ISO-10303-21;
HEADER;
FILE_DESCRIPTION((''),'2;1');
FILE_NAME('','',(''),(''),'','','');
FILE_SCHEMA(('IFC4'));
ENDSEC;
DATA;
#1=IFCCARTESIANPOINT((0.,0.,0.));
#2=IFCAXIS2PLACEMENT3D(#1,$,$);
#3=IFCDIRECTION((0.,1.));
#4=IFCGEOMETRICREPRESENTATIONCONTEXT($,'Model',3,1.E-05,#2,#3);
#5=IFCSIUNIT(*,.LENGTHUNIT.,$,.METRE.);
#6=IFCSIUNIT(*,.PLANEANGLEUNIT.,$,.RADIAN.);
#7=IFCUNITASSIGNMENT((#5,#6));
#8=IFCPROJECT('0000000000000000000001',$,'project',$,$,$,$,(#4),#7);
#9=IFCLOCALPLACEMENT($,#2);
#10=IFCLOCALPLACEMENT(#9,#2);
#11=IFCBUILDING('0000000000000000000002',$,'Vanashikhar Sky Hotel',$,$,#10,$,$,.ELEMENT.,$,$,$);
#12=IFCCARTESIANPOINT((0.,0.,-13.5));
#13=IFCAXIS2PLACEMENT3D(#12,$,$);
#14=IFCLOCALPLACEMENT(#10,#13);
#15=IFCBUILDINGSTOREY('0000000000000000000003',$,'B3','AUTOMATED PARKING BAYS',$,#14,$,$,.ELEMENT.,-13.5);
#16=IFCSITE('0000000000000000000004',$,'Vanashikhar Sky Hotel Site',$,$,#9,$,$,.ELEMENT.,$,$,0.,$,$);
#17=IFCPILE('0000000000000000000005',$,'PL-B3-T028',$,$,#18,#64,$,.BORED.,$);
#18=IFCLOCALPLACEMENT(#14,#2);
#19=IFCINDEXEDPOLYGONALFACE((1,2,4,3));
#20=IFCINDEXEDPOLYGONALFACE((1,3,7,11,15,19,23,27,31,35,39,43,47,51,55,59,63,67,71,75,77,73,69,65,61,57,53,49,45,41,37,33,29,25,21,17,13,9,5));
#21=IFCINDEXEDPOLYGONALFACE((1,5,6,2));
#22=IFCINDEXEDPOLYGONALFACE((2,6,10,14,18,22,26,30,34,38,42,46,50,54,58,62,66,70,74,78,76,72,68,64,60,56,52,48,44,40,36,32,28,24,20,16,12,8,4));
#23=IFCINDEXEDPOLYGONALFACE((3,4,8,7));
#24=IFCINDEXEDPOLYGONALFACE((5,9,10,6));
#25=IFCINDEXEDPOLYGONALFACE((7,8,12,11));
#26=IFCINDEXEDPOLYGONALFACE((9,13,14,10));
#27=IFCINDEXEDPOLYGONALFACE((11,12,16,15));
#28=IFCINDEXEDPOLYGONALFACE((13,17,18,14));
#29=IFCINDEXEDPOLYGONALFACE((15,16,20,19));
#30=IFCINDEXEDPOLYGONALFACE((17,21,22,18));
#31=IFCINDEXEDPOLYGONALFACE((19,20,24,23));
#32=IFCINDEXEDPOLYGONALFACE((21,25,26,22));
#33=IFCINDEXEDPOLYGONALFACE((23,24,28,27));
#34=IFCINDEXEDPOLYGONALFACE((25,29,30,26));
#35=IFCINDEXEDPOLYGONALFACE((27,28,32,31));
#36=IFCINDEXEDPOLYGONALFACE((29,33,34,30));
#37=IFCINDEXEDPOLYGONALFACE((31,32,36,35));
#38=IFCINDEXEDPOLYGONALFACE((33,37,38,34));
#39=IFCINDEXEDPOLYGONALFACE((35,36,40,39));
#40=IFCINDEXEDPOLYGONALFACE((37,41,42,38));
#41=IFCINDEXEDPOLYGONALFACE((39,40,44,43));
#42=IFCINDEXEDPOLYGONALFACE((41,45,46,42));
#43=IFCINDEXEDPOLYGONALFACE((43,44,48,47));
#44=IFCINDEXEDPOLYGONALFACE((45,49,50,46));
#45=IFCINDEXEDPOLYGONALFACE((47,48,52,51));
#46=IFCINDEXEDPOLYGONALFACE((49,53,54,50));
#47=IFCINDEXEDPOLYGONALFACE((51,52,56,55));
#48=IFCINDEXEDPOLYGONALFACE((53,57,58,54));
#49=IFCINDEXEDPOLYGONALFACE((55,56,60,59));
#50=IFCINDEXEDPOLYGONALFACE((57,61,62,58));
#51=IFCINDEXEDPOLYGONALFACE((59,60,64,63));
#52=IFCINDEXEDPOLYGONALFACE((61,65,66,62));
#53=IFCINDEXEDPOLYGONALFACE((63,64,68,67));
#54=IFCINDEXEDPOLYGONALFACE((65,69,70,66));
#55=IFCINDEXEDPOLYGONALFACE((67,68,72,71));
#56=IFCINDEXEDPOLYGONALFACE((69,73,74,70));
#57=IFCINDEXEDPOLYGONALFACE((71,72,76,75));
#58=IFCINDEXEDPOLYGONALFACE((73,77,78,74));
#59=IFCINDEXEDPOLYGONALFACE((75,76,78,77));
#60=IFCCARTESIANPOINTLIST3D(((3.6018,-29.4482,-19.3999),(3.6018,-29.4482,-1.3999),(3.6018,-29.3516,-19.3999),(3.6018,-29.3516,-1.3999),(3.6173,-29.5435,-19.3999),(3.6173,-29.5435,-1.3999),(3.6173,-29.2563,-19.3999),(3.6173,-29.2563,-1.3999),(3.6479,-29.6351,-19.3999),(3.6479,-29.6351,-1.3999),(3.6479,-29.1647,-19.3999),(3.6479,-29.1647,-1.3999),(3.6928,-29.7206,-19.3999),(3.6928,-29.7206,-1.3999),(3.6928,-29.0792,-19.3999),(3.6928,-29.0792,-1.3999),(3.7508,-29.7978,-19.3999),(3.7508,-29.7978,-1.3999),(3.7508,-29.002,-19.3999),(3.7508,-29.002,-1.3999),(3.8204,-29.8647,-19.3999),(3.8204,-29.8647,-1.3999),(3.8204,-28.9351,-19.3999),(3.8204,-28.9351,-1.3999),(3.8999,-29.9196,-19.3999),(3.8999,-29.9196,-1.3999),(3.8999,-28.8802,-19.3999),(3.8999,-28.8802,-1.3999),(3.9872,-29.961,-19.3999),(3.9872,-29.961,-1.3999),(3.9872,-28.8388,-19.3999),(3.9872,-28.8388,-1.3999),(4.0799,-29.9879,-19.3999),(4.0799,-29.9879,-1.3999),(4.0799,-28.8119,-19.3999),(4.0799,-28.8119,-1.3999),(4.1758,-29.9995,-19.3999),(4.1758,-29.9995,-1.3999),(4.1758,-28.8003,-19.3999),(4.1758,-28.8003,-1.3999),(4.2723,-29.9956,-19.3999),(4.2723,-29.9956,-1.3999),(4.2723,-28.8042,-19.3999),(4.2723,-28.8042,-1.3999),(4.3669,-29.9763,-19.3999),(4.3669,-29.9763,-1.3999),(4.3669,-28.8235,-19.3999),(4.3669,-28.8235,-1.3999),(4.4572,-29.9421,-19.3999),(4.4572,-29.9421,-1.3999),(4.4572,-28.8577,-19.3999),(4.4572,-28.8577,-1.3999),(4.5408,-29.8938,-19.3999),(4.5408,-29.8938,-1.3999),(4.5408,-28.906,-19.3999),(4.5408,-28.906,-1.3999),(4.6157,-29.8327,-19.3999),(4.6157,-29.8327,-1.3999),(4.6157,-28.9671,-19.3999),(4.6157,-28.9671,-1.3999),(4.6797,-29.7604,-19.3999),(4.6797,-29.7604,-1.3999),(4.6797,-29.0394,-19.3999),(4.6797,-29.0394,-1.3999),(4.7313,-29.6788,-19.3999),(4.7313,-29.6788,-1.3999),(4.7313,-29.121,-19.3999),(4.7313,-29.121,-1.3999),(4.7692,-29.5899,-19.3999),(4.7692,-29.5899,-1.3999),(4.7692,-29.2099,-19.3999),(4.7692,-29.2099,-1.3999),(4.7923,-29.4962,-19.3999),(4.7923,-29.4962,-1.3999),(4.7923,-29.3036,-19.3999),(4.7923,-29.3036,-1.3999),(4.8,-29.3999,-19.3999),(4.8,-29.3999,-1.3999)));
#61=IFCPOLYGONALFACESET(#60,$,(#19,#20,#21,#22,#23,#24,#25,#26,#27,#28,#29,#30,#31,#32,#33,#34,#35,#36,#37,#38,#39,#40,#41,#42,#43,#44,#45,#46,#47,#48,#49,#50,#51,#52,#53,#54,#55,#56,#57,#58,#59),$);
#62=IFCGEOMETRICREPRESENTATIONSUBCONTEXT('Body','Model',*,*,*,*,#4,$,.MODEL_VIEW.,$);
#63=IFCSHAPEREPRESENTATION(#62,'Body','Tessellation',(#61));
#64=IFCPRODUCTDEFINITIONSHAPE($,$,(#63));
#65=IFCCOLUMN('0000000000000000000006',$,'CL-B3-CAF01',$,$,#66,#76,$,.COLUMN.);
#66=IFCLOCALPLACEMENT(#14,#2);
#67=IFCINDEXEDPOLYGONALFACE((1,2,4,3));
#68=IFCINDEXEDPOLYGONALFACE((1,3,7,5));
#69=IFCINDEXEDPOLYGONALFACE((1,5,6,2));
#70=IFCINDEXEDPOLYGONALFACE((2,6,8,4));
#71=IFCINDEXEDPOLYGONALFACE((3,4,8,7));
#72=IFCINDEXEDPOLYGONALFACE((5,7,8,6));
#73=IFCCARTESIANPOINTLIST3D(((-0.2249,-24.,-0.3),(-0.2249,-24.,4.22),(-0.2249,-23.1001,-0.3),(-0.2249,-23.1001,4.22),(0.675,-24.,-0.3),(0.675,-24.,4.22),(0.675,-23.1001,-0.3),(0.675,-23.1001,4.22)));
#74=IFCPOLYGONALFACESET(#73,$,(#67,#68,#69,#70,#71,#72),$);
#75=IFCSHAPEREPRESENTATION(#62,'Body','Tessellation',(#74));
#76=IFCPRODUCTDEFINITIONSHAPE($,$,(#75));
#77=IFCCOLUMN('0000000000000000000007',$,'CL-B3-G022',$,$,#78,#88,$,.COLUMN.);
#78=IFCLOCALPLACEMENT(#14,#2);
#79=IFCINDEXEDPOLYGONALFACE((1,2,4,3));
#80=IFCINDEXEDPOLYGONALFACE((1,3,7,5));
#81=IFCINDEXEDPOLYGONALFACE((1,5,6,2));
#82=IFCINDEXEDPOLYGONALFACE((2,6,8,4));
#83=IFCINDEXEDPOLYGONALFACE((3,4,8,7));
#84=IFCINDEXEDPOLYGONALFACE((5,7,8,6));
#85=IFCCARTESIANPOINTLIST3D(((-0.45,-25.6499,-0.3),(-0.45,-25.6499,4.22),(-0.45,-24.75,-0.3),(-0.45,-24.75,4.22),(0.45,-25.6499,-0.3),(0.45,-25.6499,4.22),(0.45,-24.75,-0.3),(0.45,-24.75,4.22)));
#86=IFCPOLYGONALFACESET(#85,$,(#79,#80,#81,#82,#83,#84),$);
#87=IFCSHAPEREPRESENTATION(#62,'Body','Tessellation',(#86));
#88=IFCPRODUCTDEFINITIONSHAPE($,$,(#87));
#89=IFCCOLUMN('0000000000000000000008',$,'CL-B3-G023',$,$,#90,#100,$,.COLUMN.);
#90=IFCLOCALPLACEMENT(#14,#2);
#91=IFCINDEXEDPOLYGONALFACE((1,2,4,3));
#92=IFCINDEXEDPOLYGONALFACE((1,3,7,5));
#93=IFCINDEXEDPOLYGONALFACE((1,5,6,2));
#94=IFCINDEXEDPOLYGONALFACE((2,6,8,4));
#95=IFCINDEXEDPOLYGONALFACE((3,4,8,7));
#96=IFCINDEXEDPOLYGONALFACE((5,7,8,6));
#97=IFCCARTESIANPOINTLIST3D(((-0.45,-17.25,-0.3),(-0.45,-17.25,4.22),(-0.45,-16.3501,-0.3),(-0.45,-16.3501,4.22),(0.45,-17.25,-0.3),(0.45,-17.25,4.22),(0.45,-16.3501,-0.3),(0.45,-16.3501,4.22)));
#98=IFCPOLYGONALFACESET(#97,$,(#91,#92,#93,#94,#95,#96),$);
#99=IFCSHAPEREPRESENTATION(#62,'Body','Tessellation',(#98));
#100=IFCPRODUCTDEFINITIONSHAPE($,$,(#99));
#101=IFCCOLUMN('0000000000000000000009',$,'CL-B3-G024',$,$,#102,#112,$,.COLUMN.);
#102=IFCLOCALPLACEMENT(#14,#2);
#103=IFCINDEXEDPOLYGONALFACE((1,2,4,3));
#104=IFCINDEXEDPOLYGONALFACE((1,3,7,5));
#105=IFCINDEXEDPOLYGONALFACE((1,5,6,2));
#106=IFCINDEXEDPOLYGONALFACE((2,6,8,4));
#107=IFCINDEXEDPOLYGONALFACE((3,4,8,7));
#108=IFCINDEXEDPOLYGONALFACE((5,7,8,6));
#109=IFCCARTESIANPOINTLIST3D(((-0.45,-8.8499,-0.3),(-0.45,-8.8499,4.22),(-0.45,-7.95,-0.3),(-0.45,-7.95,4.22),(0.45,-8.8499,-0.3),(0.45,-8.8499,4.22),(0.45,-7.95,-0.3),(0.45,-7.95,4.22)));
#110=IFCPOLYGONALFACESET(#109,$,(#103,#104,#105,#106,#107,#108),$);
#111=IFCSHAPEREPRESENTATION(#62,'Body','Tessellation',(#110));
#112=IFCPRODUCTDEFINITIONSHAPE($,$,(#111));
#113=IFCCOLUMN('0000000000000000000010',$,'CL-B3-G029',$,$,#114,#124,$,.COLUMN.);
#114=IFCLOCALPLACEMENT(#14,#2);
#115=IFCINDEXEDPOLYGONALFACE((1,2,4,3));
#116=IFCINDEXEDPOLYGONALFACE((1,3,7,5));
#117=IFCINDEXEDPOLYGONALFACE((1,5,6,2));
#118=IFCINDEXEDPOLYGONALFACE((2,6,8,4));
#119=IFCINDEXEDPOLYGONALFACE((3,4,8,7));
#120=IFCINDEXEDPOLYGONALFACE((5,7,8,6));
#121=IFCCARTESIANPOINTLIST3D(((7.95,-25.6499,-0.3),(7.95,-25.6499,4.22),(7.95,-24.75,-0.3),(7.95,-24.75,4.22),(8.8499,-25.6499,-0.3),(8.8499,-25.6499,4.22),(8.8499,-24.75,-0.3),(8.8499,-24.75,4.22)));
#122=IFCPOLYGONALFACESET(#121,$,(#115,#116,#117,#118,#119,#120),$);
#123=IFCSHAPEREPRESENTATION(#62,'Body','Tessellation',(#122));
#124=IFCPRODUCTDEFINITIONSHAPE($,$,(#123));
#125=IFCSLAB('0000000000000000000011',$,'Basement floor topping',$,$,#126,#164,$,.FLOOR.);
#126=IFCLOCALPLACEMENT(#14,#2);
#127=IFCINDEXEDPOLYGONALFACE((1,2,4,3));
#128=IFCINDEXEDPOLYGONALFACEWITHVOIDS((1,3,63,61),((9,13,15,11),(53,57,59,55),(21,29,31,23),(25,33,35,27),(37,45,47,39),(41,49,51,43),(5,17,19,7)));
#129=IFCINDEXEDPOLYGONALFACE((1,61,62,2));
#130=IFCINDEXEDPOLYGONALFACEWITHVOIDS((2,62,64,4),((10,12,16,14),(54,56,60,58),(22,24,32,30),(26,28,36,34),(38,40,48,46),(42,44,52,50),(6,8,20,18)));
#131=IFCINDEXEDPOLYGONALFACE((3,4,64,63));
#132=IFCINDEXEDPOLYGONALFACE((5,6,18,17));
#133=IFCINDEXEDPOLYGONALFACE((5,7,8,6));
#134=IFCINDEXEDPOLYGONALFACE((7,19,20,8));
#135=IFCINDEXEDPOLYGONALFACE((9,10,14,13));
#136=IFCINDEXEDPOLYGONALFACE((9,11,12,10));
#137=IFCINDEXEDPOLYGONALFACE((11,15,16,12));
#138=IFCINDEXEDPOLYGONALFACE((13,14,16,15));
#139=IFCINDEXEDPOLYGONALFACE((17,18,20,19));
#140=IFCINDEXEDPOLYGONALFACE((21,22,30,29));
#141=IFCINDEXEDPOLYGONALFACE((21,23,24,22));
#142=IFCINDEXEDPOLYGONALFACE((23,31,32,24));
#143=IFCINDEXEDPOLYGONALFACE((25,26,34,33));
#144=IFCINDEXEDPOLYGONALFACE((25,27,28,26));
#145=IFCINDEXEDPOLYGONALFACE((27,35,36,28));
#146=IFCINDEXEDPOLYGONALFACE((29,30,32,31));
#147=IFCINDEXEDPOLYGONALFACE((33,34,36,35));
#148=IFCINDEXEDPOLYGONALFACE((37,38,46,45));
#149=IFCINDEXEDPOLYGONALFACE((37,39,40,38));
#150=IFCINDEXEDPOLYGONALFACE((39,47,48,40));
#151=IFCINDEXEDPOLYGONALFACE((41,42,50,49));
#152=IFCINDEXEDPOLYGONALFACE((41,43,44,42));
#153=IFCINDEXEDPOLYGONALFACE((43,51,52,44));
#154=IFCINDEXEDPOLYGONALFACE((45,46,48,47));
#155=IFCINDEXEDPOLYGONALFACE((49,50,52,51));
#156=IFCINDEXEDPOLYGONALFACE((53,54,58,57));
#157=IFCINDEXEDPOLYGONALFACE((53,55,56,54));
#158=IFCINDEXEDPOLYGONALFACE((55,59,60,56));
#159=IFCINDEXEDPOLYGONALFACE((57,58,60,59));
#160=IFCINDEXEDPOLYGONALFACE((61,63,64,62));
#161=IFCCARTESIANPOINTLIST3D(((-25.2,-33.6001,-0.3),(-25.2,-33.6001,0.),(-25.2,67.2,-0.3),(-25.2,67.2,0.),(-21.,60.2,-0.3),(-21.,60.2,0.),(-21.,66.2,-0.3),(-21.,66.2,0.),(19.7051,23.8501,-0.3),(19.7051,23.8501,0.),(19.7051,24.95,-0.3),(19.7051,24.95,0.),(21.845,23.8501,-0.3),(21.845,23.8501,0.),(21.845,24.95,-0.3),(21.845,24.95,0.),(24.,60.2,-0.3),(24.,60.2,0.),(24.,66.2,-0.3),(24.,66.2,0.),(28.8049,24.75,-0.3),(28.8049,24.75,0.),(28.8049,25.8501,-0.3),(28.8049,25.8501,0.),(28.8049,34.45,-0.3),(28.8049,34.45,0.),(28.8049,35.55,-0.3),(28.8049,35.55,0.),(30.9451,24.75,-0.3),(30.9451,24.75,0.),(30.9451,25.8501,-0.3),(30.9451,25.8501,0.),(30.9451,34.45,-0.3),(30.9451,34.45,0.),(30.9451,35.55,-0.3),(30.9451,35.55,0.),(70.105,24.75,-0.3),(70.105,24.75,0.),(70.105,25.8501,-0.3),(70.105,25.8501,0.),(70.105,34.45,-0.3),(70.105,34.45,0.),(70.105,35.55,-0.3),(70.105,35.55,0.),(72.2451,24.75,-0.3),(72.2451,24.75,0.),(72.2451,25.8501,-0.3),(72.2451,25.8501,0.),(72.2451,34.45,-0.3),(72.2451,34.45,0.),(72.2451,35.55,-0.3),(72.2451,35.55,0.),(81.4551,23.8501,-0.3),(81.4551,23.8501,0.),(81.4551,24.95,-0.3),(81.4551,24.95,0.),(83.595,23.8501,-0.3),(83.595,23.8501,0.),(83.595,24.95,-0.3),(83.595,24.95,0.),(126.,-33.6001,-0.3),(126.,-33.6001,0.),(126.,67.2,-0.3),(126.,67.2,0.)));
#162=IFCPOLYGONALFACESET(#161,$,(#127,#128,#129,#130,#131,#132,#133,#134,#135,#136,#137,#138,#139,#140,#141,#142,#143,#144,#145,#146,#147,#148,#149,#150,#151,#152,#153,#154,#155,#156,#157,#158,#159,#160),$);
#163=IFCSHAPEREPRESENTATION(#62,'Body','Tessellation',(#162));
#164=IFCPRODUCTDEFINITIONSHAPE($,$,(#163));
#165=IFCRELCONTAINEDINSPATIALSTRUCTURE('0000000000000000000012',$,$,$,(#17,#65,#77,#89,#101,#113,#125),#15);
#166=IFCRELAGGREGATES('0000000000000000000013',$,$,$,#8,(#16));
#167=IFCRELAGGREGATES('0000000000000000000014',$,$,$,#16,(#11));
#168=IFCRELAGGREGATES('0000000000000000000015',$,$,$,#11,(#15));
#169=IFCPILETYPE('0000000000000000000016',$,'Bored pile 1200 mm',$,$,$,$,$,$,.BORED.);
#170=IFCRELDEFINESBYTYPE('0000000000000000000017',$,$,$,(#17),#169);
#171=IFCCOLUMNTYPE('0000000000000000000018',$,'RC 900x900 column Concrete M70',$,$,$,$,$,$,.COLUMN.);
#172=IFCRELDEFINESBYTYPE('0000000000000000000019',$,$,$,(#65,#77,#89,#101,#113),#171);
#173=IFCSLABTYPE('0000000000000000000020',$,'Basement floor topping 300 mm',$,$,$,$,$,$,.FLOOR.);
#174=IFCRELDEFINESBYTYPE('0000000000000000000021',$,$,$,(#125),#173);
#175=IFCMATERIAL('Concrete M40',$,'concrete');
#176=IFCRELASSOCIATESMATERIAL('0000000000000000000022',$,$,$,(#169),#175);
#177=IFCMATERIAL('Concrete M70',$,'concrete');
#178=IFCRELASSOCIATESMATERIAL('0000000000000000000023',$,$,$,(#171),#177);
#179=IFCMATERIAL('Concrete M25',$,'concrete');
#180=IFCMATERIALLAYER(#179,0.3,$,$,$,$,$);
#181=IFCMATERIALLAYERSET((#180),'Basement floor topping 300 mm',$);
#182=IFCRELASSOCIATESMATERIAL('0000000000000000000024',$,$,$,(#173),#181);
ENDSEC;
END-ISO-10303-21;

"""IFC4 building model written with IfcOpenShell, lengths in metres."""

from ifc_helpers import new_model, si_unit, direction, frame, origin, origin_2d, place, context, subcontext, project, spatial, polyline, rectangle, circle, outline, extrude, source, transform, mapped, material, layer, layer_set, material_profile, profile_set, type_object, element, save


model = new_model("IFC4")

# Units and contexts
model_context = context("Model", 3, precision=1e-05, world=origin(), true_north=direction((0.0, 1.0)))
body_context = subcontext(model_context, "Body", "Model", "MODEL_VIEW")
ifc_project = project(units=[si_unit("LENGTHUNIT", "METRE"), si_unit("PLANEANGLEUNIT", "RADIAN")], contexts=[model_context])

# Site, building, storey
site_placement = place(None, origin())
site = spatial("IfcSite", under=ifc_project, at=site_placement, Name="Vanashikhar Sky Hotel Site", CompositionType="ELEMENT", RefElevation=0.0)
building_placement = place(site_placement, origin())
building = spatial("IfcBuilding", under=site, at=building_placement, Name="Vanashikhar Sky Hotel", CompositionType="ELEMENT")
storey_placement = place(building_placement, frame((0.0, 0.0, -13.5)))
storey = spatial("IfcBuildingStorey", under=building, at=storey_placement, Name="B3", Description="AUTOMATED PARKING BAYS", CompositionType="ELEMENT", Elevation=-13.5)

# Pile
ifc_material_1 = material(Name="Concrete M40", Category="concrete")
pile_type_1 = type_object("IfcPileType", Name="Bored pile 1200 mm", PredefinedType="BORED", material=ifc_material_1)
shared_shape_1 = source(origin(), body_context, "Body", "SweptSolid", [
    extrude(circle(Radius=0.6001, at=origin_2d()), origin(), (0.0, 0.0, 1.0), 18.0),
])
for number, where, z_axis, x_axis, name in (
    (1, (4.2, -29.3999, -1.3999), (0.0, 0.0, -1.0), (1.0, 0.0, 0.0), "PL-B3-T028"),
):
    element("IfcPile", number, at=place(storey_placement, frame(where, z_axis=z_axis, x_axis=x_axis)), inside=storey, type_object=pile_type_1, Name=name, PredefinedType="BORED", context=body_context, shape_type="MappedRepresentation", body=[
        mapped(shared_shape_1, transform((0.0, 0.0, 0.0), scale=1.0)),
    ])

# Columns
ifc_material_2 = material(Name="Concrete M70", Category="concrete")
ifc_material_profile = material_profile(ifc_material_2, rectangle(XDim=0.8999, YDim=0.8999, at=origin_2d()))
ifc_profile_set = profile_set([ifc_material_profile], Name="RC 900x900 column Concrete M70")
column_type = type_object("IfcColumnType", Name="RC 900x900 column Concrete M70", PredefinedType="COLUMN", material=ifc_profile_set)
shared_shape_2 = source(origin(), body_context, "Body", "SweptSolid", [
    extrude(rectangle(XDim=0.8999, YDim=0.8999, at=origin_2d()), origin(), (0.0, 0.0, 1.0), 4.52),
])
for number, where, z_axis, x_axis, name in (
    (2, (0.2251, -23.55, -0.3), (0.0, 0.0, 1.0), (1.0, 0.0, 0.0), "CL-B3-CAF01"),
    (3, (0.0, -25.2, -0.3), (0.0, 0.0, 1.0), (1.0, 0.0, 0.0), "CL-B3-G022"),
    (4, (0.0, -16.8, -0.3), (0.0, 0.0, 1.0), (1.0, 0.0, 0.0), "CL-B3-G023"),
    (5, (0.0, -8.3999, -0.3), (0.0, 0.0, 1.0), (1.0, 0.0, 0.0), "CL-B3-G024"),
    (6, (8.3999, -25.2, -0.3), (0.0, 0.0, 1.0), (1.0, 0.0, 0.0), "CL-B3-G029"),
):
    element("IfcColumn", number, at=place(storey_placement, frame(where, z_axis=z_axis, x_axis=x_axis)), inside=storey, type_object=column_type, Name=name, PredefinedType="COLUMN", context=body_context, shape_type="MappedRepresentation", body=[
        mapped(shared_shape_2, transform((0.0, 0.0, 0.0), scale=1.0)),
    ])

# Slab
ifc_material_3 = material(Name="Concrete M25", Category="concrete")
ifc_layer = layer(ifc_material_3, 0.3)
ifc_layer_set = layer_set([ifc_layer], Name="Basement floor topping 300 mm")
slab_type = type_object("IfcSlabType", Name="Basement floor topping 300 mm", PredefinedType="FLOOR", material=ifc_layer_set)
shared_shape_3 = source(origin(), body_context, "Body", "SweptSolid", [
    extrude(outline(polyline([(-25.2, -33.6001), (126.0, -33.6001), (126.0, 67.2), (-25.2, 67.2), (-25.2, -33.6001)]), holes=[polyline([(28.8049, 24.75), (30.9451, 24.75), (30.9451, 25.8501), (28.8049, 25.8501), (28.8049, 24.75)]), polyline([(70.105, 24.75), (72.2451, 24.75), (72.2451, 25.8501), (70.105, 25.8501), (70.105, 24.75)]), polyline([(19.7051, 23.8501), (21.845, 23.8501), (21.845, 24.95), (19.7051, 24.95), (19.7051, 23.8501)]), polyline([(81.4551, 23.8501), (83.595, 23.8501), (83.595, 24.95), (81.4551, 24.95), (81.4551, 23.8501)]), polyline([(28.8049, 34.45), (30.9451, 34.45), (30.9451, 35.55), (28.8049, 35.55), (28.8049, 34.45)]), polyline([(70.105, 34.45), (72.2451, 34.45), (72.2451, 35.55), (70.105, 35.55), (70.105, 34.45)]), polyline([(24.0, 60.2), (24.0, 66.2), (-21.0, 66.2), (-21.0, 60.2), (24.0, 60.2)])]), origin(), (0.0, 0.0, 1.0), 0.3),
])
slab_placement = place(storey_placement, frame((0.0, 0.0, -0.3)))
element("IfcSlab", 7, at=slab_placement, inside=storey, type_object=slab_type, Name="Basement floor topping", PredefinedType="FLOOR", context=body_context, shape_type="MappedRepresentation", body=[
    mapped(shared_shape_3, transform((0.0, 0.0, 0.0), scale=1.0)),
])

save(model, "model.ifc")
